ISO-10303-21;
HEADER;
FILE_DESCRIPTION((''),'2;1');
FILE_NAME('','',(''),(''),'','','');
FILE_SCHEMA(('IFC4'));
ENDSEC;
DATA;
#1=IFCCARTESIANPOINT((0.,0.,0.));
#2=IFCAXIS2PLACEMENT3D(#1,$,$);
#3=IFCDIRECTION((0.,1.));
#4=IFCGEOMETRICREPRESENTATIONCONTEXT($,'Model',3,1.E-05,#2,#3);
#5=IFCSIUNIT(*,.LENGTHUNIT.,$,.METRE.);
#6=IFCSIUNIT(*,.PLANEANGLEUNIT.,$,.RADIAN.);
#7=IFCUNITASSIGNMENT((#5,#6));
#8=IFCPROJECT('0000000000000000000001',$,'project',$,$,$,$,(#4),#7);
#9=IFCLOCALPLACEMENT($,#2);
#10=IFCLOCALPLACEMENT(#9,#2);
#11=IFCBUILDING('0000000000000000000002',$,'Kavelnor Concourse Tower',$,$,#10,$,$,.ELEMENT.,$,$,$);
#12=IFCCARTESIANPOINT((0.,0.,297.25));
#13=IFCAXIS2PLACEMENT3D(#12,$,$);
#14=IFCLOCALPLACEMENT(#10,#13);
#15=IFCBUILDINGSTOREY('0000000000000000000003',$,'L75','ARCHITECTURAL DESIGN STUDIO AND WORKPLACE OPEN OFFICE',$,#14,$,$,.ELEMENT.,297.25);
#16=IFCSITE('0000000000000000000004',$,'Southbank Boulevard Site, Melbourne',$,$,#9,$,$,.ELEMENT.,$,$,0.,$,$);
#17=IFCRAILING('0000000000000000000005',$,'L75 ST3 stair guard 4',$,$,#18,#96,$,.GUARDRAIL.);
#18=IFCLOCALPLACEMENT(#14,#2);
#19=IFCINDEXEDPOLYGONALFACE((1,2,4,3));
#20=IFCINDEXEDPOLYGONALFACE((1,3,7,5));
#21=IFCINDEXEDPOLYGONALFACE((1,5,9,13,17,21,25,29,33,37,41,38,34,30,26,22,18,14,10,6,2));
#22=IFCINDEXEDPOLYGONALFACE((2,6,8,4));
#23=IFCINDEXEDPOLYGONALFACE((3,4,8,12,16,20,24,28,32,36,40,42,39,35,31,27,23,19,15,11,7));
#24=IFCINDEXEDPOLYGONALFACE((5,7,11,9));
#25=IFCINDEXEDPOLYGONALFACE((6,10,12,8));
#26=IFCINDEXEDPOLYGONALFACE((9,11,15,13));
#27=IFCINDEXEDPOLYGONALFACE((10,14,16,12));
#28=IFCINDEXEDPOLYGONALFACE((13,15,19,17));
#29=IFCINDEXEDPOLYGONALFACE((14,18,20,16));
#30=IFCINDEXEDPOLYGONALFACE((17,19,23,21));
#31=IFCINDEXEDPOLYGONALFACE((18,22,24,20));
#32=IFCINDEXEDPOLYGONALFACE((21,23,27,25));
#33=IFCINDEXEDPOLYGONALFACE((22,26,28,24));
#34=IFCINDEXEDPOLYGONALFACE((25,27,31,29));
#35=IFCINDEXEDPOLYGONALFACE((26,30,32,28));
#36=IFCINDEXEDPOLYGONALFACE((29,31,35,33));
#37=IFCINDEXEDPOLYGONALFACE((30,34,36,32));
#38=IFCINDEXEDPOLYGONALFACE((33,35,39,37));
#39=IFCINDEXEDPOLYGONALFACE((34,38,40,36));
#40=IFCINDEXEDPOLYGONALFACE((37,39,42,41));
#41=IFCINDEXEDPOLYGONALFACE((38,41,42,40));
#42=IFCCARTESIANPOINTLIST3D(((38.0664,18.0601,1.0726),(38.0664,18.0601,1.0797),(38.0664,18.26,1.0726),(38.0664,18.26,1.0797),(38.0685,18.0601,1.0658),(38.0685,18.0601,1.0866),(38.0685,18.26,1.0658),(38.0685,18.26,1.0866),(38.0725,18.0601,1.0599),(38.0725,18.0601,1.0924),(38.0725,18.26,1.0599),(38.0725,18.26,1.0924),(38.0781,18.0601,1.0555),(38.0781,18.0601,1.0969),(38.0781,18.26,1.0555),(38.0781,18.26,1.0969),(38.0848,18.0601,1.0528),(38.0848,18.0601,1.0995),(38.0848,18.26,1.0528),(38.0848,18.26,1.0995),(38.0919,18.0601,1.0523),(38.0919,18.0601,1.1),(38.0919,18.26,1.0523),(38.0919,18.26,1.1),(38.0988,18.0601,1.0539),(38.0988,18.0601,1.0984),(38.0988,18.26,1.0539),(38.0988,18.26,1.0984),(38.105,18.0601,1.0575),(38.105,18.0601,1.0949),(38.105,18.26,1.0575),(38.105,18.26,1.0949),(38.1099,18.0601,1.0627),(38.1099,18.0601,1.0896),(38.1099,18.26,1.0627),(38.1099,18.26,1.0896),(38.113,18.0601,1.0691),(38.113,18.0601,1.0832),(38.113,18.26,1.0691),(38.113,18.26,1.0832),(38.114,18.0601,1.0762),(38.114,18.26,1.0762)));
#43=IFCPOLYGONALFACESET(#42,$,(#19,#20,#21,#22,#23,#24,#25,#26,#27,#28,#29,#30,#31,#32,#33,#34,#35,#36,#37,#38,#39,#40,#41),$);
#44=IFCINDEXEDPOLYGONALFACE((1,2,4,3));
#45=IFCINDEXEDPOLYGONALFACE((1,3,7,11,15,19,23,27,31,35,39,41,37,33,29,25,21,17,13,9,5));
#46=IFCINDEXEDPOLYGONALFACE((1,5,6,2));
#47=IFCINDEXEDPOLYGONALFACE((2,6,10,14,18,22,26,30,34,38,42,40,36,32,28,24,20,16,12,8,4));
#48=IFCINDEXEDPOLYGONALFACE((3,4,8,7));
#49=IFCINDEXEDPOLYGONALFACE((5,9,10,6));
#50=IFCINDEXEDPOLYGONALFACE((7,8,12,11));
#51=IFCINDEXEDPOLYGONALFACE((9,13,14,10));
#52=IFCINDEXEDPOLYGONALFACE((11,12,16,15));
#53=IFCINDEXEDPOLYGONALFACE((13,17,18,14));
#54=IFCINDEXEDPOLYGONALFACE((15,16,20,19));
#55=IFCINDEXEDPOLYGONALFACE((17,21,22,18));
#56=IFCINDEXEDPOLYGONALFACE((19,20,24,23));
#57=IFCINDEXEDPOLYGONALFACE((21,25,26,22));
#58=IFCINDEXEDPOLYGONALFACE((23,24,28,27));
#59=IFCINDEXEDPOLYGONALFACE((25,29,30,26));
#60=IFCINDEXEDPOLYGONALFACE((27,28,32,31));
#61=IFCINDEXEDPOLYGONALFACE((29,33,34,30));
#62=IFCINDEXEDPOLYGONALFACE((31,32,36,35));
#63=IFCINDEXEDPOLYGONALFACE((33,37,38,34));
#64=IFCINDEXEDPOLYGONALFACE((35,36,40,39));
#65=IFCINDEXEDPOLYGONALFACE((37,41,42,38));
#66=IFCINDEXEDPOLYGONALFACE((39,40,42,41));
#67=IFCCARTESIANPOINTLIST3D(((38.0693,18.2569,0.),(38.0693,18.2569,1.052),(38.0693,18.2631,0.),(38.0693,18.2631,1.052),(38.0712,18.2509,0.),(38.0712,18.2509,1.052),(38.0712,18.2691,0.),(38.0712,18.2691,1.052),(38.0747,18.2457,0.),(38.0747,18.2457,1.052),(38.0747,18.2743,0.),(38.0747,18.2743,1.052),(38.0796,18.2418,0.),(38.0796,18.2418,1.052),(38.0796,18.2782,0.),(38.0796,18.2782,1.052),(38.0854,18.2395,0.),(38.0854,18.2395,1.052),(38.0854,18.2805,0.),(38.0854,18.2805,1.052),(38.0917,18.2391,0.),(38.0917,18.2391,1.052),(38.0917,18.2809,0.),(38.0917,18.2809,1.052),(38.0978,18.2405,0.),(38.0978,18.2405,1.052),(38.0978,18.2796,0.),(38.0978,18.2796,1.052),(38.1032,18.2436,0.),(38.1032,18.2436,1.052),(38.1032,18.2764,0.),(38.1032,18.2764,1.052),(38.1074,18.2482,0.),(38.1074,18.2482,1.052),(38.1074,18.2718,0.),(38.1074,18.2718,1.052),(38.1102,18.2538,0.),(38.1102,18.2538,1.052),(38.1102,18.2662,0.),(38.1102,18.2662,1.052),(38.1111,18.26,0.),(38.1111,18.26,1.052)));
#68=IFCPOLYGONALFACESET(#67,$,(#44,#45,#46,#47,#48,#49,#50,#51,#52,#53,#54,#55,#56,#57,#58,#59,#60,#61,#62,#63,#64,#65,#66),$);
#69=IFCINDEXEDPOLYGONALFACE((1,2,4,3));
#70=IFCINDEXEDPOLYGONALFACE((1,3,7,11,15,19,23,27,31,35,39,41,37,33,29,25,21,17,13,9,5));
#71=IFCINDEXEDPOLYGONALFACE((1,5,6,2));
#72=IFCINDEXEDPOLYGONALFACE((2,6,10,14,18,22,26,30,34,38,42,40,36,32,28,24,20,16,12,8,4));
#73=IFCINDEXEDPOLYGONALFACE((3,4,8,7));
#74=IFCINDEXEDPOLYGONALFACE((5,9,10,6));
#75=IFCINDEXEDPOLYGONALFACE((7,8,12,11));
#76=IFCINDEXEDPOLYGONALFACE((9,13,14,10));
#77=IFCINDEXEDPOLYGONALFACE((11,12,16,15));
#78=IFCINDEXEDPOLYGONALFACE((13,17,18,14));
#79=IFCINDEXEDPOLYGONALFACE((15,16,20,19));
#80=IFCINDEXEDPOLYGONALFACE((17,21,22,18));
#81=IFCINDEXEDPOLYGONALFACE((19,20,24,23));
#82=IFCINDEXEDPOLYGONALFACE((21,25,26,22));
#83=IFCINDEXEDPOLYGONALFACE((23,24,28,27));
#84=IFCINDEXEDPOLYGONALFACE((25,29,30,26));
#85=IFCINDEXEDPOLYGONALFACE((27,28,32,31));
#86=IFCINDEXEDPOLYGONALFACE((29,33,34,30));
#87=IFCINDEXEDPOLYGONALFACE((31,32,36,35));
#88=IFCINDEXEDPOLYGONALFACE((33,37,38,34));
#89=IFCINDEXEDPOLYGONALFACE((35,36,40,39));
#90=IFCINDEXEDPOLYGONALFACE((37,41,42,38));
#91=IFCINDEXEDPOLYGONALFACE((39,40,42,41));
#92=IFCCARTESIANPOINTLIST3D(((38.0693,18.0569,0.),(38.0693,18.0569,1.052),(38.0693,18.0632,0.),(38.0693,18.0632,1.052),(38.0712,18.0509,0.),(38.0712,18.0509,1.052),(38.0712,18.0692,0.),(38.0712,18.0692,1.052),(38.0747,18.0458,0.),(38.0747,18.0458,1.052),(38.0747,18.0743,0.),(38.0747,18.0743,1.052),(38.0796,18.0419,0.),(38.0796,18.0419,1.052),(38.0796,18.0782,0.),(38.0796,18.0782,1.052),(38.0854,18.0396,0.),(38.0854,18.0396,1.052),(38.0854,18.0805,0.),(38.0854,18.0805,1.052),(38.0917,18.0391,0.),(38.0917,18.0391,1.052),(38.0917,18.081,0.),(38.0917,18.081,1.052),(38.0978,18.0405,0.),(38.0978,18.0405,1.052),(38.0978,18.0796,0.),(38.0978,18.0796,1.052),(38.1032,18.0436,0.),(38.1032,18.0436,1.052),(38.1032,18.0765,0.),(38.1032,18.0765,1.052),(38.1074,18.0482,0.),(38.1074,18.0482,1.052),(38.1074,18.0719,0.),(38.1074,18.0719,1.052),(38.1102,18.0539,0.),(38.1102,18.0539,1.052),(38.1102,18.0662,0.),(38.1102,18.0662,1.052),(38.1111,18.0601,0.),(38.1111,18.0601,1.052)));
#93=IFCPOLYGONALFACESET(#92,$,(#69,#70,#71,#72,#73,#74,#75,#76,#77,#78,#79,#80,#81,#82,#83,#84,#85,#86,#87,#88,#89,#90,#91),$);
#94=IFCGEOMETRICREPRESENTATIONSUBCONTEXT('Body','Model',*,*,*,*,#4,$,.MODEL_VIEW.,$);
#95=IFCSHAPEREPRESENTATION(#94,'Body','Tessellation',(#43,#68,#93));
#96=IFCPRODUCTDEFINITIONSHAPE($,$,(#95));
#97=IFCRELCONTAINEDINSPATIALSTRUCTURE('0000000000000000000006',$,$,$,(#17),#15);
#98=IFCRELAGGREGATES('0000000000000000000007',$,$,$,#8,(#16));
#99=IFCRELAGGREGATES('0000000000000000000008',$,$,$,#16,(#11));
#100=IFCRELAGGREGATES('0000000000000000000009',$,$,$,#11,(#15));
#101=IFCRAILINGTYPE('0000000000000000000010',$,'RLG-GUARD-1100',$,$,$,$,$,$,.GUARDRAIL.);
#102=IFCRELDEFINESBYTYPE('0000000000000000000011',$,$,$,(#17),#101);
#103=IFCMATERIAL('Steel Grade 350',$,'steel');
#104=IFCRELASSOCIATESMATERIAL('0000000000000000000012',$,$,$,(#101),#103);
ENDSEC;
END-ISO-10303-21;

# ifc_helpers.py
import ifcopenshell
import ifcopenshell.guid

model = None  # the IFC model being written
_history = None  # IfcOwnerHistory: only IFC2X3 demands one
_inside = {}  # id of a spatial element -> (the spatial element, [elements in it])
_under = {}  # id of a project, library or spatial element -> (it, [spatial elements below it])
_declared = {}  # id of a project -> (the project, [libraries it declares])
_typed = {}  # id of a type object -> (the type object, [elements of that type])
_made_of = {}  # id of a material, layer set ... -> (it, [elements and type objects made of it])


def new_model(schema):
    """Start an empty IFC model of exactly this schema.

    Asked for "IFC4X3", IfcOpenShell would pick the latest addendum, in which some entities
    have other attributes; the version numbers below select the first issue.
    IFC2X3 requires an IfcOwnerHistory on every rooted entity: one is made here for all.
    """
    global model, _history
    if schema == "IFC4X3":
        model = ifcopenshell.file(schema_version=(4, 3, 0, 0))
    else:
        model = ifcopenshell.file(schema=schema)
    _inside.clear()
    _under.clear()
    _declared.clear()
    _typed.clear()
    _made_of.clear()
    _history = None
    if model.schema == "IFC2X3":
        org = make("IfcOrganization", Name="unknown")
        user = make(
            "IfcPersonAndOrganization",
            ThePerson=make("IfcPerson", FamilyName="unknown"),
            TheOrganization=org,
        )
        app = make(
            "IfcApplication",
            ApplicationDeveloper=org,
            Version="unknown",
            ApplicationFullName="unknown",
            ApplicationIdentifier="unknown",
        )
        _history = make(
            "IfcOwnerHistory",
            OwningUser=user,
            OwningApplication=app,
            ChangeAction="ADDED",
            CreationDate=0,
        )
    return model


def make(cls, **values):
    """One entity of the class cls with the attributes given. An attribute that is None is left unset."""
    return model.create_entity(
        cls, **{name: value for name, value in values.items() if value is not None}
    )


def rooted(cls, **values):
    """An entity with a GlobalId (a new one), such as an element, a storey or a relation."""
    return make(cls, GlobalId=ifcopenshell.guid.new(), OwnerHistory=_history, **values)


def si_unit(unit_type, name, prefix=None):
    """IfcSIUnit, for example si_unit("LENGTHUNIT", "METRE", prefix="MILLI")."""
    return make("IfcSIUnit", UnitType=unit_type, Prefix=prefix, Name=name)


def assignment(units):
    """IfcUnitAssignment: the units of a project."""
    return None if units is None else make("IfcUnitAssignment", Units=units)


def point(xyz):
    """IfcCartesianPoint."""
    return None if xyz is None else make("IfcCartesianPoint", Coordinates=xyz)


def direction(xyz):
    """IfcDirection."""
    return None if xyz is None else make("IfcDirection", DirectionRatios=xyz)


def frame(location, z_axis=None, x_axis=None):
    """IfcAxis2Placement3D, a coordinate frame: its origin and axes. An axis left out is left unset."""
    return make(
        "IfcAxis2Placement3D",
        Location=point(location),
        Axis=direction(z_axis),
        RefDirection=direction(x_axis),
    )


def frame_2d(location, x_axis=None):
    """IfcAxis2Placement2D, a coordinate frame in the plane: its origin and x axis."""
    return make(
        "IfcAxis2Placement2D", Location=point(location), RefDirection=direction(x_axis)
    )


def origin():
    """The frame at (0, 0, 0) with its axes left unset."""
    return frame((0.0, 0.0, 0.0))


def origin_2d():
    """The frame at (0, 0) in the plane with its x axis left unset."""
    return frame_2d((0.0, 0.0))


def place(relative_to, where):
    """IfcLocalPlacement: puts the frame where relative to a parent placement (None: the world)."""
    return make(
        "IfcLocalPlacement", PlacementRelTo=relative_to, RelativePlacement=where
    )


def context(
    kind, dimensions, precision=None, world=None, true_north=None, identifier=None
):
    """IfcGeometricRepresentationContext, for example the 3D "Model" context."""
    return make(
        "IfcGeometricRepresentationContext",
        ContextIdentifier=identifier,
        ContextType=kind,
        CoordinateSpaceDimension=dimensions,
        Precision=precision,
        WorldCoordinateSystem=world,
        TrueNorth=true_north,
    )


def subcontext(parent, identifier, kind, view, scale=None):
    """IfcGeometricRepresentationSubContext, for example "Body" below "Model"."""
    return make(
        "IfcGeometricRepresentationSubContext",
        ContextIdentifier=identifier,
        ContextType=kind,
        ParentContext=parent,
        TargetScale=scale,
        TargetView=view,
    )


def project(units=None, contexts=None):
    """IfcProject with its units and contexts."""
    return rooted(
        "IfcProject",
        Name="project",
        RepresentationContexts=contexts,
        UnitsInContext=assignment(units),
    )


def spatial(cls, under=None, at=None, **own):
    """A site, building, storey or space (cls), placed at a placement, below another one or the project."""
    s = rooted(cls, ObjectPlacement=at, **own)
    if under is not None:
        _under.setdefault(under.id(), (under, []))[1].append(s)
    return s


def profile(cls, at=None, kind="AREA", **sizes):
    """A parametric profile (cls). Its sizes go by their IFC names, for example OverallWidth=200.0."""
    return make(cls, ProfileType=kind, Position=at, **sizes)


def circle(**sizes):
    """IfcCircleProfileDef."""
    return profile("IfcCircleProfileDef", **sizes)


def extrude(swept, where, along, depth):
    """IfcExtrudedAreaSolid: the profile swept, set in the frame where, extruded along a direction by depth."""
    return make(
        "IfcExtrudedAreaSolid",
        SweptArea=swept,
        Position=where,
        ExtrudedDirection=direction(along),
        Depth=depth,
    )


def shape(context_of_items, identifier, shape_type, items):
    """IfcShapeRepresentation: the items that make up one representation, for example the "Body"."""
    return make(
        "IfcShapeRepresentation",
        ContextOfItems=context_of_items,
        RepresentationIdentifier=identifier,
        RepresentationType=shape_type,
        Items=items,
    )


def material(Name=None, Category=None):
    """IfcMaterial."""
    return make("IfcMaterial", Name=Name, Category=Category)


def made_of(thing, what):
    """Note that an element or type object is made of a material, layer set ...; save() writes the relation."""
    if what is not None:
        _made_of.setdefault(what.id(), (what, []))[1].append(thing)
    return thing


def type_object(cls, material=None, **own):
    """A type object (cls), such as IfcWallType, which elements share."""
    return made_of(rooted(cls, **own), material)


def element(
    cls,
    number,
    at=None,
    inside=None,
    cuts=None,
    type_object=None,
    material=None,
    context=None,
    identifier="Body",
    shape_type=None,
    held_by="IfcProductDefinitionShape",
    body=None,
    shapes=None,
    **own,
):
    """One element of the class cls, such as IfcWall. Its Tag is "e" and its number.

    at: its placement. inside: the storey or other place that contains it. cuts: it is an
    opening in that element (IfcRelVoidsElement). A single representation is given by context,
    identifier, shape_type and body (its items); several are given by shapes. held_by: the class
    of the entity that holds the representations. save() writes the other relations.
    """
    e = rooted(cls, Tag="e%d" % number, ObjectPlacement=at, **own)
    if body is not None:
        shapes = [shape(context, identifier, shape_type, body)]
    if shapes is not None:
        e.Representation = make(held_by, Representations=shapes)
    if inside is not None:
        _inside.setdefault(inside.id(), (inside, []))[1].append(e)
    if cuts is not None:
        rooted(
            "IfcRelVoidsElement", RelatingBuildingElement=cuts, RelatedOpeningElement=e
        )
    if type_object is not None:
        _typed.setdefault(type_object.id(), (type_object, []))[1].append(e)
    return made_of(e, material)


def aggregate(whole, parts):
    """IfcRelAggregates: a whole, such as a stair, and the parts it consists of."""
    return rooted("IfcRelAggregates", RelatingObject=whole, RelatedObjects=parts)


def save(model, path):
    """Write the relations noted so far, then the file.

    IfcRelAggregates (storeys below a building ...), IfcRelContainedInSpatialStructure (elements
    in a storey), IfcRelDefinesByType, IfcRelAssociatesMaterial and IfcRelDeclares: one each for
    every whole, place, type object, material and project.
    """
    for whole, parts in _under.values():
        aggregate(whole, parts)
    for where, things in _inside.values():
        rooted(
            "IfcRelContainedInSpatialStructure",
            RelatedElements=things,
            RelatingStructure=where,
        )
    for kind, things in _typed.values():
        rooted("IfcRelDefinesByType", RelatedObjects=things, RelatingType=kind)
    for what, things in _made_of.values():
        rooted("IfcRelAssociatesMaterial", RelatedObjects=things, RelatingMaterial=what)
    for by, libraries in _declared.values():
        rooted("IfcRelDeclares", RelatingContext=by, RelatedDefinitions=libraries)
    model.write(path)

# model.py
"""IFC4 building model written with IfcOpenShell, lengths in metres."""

from ifc_helpers import new_model, si_unit, direction, frame, origin, origin_2d, place, context, subcontext, project, spatial, circle, extrude, material, type_object, element, save


model = new_model("IFC4")

# Units and contexts
model_context = context("Model", 3, precision=1e-05, world=origin(), true_north=direction((0.0, 1.0)))
body_context = subcontext(model_context, "Body", "Model", "MODEL_VIEW")
ifc_project = project(units=[si_unit("LENGTHUNIT", "METRE"), si_unit("PLANEANGLEUNIT", "RADIAN")], contexts=[model_context])

# Site, building, storey
site_placement = place(None, origin())
site = spatial("IfcSite", under=ifc_project, at=site_placement, Name="Southbank Boulevard Site, Melbourne", CompositionType="ELEMENT", RefElevation=0.0)
building_placement = place(site_placement, origin())
building = spatial("IfcBuilding", under=site, at=building_placement, Name="Kavelnor Concourse Tower", CompositionType="ELEMENT")
storey_placement = place(building_placement, frame((0.0, 0.0, 297.25)))
storey = spatial("IfcBuildingStorey", under=building, at=storey_placement, Name="L75", Description="ARCHITECTURAL DESIGN STUDIO AND WORKPLACE OPEN OFFICE", CompositionType="ELEMENT", Elevation=297.25)

# Shared definitions
ifc_material_1 = material(Name="Steel Grade 350", Category="steel")

# Railing
railing_type_1 = type_object("IfcRailingType", Name="RLG-GUARD-1100", PredefinedType="GUARDRAIL", material=ifc_material_1)
railing_1_placement = place(storey_placement, frame((38.0901, 18.26, 0.0)))
element("IfcRailing", 1, at=railing_1_placement, inside=storey, type_object=railing_type_1, Name="L75 ST3 stair guard 4", PredefinedType="GUARDRAIL", context=body_context, shape_type="SweptSolid", body=[
    extrude(circle(Radius=0.0239, at=origin_2d()), frame((0.0, 0.0, 1.0762), z_axis=(0.0, -1.0, 0.0), x_axis=(1.0, 0.0, 0.0)), (0.0, 0.0, 1.0), 0.2),
    extrude(circle(Radius=0.021, at=origin_2d()), origin(), (0.0, 0.0, 1.0), 1.052),
    extrude(circle(Radius=0.021, at=origin_2d()), frame((0.0, -0.2, 0.0)), (0.0, 0.0, 1.0), 1.052),
])

save(model, "model.ifc")
